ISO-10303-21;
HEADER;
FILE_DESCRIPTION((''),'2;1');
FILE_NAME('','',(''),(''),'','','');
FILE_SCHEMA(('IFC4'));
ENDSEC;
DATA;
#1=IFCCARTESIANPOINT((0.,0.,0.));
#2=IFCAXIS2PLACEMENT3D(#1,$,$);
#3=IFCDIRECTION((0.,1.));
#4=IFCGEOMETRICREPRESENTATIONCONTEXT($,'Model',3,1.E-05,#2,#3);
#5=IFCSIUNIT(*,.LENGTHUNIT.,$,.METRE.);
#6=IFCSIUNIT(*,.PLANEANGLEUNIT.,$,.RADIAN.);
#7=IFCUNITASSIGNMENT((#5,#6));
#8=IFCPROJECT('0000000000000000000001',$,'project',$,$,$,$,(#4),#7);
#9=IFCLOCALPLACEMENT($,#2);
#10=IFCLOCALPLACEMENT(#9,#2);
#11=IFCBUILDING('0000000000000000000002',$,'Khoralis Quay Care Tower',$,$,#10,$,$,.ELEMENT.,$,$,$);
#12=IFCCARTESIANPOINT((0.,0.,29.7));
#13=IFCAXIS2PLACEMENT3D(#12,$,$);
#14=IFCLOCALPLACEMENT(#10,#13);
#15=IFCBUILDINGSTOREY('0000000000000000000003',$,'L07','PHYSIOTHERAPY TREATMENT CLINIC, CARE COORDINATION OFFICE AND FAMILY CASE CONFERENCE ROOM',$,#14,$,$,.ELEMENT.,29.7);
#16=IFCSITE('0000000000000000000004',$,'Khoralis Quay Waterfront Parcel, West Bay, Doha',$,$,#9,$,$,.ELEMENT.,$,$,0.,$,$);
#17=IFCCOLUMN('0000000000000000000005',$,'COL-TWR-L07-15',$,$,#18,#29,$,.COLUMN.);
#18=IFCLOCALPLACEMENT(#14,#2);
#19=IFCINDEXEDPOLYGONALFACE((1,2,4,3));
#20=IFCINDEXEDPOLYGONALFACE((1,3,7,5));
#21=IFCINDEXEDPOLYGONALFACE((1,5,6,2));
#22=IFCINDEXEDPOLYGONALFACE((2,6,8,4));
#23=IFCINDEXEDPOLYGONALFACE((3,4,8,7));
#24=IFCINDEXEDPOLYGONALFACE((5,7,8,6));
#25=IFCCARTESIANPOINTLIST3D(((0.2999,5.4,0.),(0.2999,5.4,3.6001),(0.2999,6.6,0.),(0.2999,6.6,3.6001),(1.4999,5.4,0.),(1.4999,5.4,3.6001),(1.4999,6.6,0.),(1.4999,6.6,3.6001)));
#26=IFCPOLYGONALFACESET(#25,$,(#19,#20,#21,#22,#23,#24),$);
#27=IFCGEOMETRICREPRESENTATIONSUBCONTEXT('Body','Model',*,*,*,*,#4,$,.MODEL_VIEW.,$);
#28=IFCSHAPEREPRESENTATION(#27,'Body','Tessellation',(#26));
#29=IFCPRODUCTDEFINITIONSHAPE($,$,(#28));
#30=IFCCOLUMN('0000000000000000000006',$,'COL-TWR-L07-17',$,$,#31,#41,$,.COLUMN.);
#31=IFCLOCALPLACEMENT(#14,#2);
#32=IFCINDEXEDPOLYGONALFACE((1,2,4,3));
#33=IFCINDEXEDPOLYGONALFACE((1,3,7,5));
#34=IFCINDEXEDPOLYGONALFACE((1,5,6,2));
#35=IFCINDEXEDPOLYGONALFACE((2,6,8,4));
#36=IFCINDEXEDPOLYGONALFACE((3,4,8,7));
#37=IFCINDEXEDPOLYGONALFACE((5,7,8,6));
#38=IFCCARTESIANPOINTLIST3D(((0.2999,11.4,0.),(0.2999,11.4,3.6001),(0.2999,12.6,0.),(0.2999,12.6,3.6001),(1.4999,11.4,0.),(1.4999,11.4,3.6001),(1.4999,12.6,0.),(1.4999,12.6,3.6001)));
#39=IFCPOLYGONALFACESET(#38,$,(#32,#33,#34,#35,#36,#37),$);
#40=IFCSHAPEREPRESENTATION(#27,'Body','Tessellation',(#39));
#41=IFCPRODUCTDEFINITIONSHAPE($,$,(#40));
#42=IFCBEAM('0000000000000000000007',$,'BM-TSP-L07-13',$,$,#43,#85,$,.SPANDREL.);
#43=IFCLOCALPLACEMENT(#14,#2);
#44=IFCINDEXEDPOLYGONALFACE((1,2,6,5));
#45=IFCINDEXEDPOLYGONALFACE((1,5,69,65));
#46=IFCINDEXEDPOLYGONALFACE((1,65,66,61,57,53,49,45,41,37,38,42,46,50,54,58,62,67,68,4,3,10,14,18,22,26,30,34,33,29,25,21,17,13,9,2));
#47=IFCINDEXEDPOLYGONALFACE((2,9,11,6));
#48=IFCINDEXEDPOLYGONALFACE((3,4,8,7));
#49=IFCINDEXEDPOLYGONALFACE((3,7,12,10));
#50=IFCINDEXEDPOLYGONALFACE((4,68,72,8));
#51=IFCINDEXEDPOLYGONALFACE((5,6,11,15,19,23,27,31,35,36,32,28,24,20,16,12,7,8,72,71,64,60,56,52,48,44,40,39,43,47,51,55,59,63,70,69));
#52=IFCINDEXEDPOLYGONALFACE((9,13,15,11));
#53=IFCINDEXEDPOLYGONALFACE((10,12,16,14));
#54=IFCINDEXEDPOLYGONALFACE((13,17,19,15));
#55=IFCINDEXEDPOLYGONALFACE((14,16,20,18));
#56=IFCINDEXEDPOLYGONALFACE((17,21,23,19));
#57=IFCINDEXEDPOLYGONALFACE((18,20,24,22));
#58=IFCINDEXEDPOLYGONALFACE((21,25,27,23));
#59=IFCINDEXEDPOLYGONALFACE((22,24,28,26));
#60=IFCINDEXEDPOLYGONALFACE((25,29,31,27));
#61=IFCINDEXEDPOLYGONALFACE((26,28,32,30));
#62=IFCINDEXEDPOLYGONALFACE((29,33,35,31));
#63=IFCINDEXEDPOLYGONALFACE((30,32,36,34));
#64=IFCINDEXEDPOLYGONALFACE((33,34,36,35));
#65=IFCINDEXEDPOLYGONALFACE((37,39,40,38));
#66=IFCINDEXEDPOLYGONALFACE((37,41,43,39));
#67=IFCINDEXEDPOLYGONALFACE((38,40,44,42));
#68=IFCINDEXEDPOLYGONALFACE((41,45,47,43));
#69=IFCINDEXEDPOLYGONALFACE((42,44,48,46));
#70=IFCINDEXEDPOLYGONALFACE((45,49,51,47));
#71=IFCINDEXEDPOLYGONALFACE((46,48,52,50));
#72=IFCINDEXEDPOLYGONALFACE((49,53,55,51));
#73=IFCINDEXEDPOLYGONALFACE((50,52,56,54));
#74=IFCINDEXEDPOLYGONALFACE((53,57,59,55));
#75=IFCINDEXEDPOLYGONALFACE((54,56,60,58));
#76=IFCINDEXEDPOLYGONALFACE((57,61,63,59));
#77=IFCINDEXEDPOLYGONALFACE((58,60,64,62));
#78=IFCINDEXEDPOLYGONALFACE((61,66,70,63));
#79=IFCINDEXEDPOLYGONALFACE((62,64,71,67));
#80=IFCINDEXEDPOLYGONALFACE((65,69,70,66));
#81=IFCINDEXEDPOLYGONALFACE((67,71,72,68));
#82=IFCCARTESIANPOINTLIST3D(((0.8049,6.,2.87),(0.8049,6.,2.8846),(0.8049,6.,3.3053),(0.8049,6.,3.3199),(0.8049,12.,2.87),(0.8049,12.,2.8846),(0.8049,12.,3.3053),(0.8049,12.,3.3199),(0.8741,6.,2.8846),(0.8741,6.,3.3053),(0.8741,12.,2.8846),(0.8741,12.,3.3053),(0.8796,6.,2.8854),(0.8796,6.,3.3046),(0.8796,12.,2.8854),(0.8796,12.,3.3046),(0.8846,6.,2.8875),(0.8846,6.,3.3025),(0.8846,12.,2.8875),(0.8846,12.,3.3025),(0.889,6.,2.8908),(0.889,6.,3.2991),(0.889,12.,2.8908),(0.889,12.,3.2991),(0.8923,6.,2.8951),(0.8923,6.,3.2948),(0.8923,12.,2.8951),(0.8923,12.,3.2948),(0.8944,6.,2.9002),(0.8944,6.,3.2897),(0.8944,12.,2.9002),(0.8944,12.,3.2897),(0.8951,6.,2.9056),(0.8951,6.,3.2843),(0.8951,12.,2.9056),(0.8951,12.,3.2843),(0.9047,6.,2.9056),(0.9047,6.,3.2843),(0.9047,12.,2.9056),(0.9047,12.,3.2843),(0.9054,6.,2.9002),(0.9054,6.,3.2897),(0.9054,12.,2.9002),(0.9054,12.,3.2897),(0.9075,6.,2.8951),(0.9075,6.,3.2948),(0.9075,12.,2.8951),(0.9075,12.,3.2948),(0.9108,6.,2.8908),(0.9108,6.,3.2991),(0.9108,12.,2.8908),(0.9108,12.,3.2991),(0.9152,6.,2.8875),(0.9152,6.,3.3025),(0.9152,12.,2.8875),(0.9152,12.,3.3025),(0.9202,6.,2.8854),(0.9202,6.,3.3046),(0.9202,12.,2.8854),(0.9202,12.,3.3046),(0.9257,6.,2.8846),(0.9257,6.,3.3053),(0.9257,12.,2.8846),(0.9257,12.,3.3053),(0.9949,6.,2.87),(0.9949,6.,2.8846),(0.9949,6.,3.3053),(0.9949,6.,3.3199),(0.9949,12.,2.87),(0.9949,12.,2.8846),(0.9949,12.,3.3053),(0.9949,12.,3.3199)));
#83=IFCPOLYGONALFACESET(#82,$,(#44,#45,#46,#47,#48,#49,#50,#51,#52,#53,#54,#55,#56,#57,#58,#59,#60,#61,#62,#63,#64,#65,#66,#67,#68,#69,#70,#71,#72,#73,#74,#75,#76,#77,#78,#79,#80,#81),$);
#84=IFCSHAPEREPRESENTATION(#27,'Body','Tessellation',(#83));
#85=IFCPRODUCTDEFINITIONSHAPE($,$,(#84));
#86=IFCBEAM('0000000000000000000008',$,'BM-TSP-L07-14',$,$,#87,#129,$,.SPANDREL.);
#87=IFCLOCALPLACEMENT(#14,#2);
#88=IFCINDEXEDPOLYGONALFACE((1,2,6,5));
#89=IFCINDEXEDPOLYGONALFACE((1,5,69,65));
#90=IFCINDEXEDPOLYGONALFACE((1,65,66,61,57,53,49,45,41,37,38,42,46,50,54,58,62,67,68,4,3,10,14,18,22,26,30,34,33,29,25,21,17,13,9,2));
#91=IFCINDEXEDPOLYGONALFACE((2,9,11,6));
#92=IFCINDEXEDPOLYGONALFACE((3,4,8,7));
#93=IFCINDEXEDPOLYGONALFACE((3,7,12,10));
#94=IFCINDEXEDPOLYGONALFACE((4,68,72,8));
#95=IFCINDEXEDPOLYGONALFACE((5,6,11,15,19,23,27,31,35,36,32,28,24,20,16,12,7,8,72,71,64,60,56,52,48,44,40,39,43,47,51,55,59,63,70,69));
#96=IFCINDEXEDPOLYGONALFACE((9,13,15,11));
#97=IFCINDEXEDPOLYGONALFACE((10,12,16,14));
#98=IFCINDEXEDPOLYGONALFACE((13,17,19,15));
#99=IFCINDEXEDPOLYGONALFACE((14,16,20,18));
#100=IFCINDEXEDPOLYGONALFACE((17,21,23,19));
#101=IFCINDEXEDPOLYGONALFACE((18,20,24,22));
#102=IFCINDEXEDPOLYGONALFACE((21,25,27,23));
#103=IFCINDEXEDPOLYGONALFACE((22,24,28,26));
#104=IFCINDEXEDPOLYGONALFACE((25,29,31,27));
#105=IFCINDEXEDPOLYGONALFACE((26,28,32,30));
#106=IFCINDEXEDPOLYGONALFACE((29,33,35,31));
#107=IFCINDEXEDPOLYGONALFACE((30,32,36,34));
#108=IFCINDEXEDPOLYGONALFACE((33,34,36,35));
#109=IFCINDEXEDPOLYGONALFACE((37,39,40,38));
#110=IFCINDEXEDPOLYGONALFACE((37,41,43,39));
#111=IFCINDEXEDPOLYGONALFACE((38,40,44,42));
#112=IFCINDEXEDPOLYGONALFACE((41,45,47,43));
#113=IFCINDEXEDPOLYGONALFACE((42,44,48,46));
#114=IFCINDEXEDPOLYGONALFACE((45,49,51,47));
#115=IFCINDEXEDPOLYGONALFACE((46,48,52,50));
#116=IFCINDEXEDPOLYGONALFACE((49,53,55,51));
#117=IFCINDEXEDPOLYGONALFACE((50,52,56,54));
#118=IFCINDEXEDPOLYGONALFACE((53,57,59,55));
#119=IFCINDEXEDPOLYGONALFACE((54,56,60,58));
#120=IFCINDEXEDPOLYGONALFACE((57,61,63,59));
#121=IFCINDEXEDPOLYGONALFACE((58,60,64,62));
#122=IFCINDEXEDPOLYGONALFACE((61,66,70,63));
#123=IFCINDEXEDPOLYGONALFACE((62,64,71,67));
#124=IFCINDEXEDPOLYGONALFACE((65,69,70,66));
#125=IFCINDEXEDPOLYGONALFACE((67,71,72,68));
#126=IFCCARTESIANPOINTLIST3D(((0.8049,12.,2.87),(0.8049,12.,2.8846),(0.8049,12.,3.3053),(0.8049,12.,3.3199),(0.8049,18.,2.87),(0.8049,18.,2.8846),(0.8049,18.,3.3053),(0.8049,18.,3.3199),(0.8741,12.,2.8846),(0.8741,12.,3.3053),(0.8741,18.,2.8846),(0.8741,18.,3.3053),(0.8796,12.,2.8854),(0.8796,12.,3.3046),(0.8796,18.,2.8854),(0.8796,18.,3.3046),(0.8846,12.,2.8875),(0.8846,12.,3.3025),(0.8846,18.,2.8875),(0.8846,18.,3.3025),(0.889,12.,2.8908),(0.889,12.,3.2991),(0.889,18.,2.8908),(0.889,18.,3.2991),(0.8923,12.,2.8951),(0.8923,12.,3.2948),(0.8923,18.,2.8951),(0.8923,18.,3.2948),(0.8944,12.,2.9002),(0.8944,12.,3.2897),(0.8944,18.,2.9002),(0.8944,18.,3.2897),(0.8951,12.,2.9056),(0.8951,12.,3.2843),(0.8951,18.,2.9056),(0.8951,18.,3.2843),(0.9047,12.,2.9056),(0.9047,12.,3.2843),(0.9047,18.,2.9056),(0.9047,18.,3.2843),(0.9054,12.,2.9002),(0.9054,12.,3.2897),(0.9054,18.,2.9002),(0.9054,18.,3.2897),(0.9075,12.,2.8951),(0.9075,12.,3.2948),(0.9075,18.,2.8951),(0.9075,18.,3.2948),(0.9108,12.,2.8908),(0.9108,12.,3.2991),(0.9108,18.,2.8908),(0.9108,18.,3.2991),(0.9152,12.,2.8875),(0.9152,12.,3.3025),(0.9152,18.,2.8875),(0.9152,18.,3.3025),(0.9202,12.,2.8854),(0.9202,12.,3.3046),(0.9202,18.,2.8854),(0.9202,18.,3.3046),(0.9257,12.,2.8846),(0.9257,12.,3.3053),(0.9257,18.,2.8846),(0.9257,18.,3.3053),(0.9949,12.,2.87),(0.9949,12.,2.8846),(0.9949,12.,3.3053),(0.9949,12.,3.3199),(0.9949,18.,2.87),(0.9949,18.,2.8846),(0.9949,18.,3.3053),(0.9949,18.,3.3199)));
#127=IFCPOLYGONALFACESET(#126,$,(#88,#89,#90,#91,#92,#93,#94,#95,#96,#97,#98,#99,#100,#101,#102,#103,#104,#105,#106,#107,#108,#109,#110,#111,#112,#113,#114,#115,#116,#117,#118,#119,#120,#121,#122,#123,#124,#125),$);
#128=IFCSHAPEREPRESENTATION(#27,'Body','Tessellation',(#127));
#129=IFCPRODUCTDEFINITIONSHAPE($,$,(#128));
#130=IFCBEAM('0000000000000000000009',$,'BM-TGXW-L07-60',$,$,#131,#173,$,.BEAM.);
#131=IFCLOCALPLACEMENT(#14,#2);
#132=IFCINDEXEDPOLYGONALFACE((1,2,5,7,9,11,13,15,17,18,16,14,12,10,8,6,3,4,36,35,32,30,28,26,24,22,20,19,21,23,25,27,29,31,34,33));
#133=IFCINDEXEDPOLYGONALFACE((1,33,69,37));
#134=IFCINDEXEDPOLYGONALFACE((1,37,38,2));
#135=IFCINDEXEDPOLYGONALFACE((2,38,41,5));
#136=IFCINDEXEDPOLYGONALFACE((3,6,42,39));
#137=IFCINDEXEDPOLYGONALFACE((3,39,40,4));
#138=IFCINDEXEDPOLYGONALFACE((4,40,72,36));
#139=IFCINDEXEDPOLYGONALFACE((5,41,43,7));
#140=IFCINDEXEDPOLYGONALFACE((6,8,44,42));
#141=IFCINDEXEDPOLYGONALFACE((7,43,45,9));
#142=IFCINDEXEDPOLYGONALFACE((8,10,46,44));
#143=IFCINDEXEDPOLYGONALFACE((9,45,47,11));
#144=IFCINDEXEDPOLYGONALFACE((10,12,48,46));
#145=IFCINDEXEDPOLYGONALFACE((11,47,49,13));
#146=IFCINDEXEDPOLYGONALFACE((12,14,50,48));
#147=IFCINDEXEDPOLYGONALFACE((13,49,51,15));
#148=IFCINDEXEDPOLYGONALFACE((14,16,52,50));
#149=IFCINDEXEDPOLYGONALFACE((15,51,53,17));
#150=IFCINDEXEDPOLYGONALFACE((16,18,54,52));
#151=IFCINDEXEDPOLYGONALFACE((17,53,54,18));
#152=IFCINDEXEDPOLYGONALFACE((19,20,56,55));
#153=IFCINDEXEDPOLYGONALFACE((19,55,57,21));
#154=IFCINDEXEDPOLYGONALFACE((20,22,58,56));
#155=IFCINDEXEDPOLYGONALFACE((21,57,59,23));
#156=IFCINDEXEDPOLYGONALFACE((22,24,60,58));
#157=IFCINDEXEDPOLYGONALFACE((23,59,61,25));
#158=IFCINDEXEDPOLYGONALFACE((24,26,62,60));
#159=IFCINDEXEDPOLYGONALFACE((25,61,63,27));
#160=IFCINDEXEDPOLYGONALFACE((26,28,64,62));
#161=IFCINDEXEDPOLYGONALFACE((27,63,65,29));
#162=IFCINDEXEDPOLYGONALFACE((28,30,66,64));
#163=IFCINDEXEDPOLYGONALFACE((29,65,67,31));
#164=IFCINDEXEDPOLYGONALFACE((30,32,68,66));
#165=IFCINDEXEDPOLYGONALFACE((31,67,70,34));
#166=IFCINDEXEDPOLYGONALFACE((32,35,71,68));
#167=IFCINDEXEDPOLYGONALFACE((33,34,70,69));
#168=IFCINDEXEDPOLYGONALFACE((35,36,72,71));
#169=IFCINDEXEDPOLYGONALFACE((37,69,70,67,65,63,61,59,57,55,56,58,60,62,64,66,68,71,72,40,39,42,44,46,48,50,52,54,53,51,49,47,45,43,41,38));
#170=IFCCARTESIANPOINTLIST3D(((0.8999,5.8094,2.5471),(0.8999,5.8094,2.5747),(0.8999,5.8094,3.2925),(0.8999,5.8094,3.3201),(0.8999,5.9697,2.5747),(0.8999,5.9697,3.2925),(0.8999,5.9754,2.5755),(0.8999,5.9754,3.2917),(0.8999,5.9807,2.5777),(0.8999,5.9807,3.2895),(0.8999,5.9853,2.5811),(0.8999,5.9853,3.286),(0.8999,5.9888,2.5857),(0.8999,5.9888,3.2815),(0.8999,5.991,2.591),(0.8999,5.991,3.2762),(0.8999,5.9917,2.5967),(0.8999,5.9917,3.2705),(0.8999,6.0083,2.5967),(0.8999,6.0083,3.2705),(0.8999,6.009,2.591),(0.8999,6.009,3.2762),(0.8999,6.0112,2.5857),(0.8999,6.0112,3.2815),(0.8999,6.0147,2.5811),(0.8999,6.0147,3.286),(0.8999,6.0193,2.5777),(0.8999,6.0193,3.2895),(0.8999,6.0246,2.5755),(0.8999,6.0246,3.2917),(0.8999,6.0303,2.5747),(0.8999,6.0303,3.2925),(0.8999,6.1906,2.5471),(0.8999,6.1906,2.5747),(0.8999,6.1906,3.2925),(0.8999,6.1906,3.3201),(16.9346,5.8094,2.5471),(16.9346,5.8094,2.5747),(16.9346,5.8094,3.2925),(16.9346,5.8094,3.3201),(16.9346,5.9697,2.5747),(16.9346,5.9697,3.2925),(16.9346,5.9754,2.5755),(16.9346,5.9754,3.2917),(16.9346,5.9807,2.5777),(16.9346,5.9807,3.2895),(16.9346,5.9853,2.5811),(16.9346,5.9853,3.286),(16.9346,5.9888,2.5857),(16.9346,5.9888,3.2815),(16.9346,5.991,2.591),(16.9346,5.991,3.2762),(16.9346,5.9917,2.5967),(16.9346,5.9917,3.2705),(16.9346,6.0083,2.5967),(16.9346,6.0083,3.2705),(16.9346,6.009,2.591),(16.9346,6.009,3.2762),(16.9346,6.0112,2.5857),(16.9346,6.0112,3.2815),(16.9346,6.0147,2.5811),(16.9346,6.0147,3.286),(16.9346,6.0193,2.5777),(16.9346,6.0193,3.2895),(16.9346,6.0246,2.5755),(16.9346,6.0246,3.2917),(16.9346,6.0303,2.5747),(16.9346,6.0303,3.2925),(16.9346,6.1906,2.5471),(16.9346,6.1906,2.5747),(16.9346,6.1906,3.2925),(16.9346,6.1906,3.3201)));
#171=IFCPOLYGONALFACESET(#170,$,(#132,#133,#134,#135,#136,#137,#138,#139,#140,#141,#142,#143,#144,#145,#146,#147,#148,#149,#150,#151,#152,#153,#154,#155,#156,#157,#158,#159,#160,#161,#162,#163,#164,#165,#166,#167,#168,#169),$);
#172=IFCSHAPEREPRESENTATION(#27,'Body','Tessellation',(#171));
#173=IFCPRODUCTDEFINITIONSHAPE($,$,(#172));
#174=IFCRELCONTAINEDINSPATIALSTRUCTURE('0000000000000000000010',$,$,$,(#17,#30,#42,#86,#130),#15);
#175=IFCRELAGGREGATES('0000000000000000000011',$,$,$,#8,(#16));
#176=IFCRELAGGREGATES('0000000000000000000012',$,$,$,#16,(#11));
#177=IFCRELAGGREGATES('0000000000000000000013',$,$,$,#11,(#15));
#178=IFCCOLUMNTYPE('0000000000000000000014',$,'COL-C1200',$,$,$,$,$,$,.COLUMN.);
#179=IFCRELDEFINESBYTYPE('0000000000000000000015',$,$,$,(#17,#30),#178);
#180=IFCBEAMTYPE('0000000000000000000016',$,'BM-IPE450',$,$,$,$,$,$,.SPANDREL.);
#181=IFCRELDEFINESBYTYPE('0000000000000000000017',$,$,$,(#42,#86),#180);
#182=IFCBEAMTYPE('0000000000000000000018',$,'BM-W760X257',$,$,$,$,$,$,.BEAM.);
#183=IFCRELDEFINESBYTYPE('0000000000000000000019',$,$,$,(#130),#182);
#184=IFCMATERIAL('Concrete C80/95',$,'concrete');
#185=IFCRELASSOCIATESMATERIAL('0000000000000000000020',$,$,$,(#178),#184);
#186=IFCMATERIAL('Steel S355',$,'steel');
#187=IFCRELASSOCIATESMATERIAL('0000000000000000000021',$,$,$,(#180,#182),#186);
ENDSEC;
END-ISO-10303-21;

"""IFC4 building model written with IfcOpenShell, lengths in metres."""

from ifc_helpers import new_model, si_unit, direction, frame, origin, origin_2d, place, context, subcontext, project, spatial, rectangle, i_section, extrude, source, transform, mapped, material, material_profile, profile_set, type_object, element, save


model = new_model("IFC4")

# Units and contexts
model_context = context("Model", 3, precision=1e-05, world=origin(), true_north=direction((0.0, 1.0)))
body_context = subcontext(model_context, "Body", "Model", "MODEL_VIEW")
ifc_project = project(units=[si_unit("LENGTHUNIT", "METRE"), si_unit("PLANEANGLEUNIT", "RADIAN")], contexts=[model_context])

# Site, building, storey
site_placement = place(None, origin())
site = spatial("IfcSite", under=ifc_project, at=site_placement, Name="Khoralis Quay Waterfront Parcel, West Bay, Doha", CompositionType="ELEMENT", RefElevation=0.0)
building_placement = place(site_placement, origin())
building = spatial("IfcBuilding", under=site, at=building_placement, Name="Khoralis Quay Care Tower", CompositionType="ELEMENT")
storey_placement = place(building_placement, frame((0.0, 0.0, 29.7)))
storey = spatial("IfcBuildingStorey", under=building, at=storey_placement, Name="L07", Description="PHYSIOTHERAPY TREATMENT CLINIC, CARE COORDINATION OFFICE AND FAMILY CASE CONFERENCE ROOM", CompositionType="ELEMENT", Elevation=29.7)

# Columns
ifc_material_1 = material(Name="Concrete C80/95", Category="concrete")
ifc_material_profile_1 = material_profile(ifc_material_1, rectangle(XDim=1.2, YDim=1.2, at=origin_2d()), Name="Concrete C80/95")
ifc_profile_set_1 = profile_set([ifc_material_profile_1], Name="Concrete C80/95")
column_type = type_object("IfcColumnType", Name="COL-C1200", PredefinedType="COLUMN", material=ifc_profile_set_1)
shared_shape_1 = source(origin(), body_context, "Body", "SweptSolid", [
    extrude(rectangle(XDim=1.2, YDim=1.2, at=origin_2d()), origin(), (0.0, 0.0, 1.0), 3.6001),
])
for number, where, z_axis, x_axis, name in (
    (1, (0.8999, 6.0, 0.0), (0.0, 0.0, 1.0), (1.0, 0.0, 0.0), "COL-TWR-L07-15"),
    (2, (0.8999, 12.0, 0.0), (0.0, 0.0, 1.0), (1.0, 0.0, 0.0), "COL-TWR-L07-17"),
):
    element("IfcColumn", number, at=place(storey_placement, frame(where, z_axis=z_axis, x_axis=x_axis)), inside=storey, type_object=column_type, Name=name, PredefinedType="COLUMN", context=body_context, shape_type="MappedRepresentation", body=[
        mapped(shared_shape_1, transform((0.0, 0.0, 0.0), scale=1.0)),
    ])

# Beams
ifc_material_2 = material(Name="Steel S355", Category="steel")
ifc_material_profile_2 = material_profile(ifc_material_2, i_section(OverallWidth=0.1899, OverallDepth=0.45, WebThickness=0.0095, FlangeThickness=0.0146, FilletRadius=0.021, at=origin_2d()), Name="Steel S355")
ifc_profile_set_2 = profile_set([ifc_material_profile_2], Name="Steel S355")
beam_type_1 = type_object("IfcBeamType", Name="BM-IPE450", PredefinedType="SPANDREL", material=ifc_profile_set_2)
shared_shape_2 = source(origin(), body_context, "Body", "SweptSolid", [
    extrude(i_section(OverallWidth=0.1899, OverallDepth=0.45, WebThickness=0.0095, FlangeThickness=0.0146, FilletRadius=0.021, at=origin_2d()), origin(), (0.0, 0.0, 1.0), 6.0),
])
for number, where, z_axis, x_axis, name in (
    (3, (0.8999, 6.0, 3.095), (0.0, 1.0, 0.0), (-1.0, 0.0, 0.0), "BM-TSP-L07-13"),
    (4, (0.8999, 12.0, 3.095), (0.0, 1.0, 0.0), (-1.0, 0.0, 0.0), "BM-TSP-L07-14"),
):
    element("IfcBeam", number, at=place(storey_placement, frame(where, z_axis=z_axis, x_axis=x_axis)), inside=storey, type_object=beam_type_1, Name=name, PredefinedType="SPANDREL", context=body_context, shape_type="MappedRepresentation", body=[
        mapped(shared_shape_2, transform((0.0, 0.0, 0.0), scale=1.0)),
    ])
ifc_material_profile_3 = material_profile(ifc_material_2, i_section(OverallWidth=0.3811, OverallDepth=0.7729, WebThickness=0.0166, FlangeThickness=0.0276, FilletRadius=0.022, at=origin_2d()), Name="Steel S355")
ifc_profile_set_3 = profile_set([ifc_material_profile_3], Name="Steel S355")
beam_type_2 = type_object("IfcBeamType", Name="BM-W760X257", PredefinedType="BEAM", material=ifc_profile_set_3)
shared_shape_3 = source(origin(), body_context, "Body", "SweptSolid", [
    extrude(i_section(OverallWidth=0.3811, OverallDepth=0.7729, WebThickness=0.0166, FlangeThickness=0.0276, FilletRadius=0.022, at=origin_2d()), origin(), (0.0, 0.0, 1.0), 16.0347),
])
beam_1_placement = place(storey_placement, frame((0.8999, 6.0, 2.9336), z_axis=(1.0, 0.0, 0.0), x_axis=(0.0, 1.0, 0.0)))
element("IfcBeam", 5, at=beam_1_placement, inside=storey, type_object=beam_type_2, Name="BM-TGXW-L07-60", PredefinedType="BEAM", context=body_context, shape_type="MappedRepresentation", body=[
    mapped(shared_shape_3, transform((0.0, 0.0, 0.0), scale=1.0)),
])

save(model, "model.ifc")
